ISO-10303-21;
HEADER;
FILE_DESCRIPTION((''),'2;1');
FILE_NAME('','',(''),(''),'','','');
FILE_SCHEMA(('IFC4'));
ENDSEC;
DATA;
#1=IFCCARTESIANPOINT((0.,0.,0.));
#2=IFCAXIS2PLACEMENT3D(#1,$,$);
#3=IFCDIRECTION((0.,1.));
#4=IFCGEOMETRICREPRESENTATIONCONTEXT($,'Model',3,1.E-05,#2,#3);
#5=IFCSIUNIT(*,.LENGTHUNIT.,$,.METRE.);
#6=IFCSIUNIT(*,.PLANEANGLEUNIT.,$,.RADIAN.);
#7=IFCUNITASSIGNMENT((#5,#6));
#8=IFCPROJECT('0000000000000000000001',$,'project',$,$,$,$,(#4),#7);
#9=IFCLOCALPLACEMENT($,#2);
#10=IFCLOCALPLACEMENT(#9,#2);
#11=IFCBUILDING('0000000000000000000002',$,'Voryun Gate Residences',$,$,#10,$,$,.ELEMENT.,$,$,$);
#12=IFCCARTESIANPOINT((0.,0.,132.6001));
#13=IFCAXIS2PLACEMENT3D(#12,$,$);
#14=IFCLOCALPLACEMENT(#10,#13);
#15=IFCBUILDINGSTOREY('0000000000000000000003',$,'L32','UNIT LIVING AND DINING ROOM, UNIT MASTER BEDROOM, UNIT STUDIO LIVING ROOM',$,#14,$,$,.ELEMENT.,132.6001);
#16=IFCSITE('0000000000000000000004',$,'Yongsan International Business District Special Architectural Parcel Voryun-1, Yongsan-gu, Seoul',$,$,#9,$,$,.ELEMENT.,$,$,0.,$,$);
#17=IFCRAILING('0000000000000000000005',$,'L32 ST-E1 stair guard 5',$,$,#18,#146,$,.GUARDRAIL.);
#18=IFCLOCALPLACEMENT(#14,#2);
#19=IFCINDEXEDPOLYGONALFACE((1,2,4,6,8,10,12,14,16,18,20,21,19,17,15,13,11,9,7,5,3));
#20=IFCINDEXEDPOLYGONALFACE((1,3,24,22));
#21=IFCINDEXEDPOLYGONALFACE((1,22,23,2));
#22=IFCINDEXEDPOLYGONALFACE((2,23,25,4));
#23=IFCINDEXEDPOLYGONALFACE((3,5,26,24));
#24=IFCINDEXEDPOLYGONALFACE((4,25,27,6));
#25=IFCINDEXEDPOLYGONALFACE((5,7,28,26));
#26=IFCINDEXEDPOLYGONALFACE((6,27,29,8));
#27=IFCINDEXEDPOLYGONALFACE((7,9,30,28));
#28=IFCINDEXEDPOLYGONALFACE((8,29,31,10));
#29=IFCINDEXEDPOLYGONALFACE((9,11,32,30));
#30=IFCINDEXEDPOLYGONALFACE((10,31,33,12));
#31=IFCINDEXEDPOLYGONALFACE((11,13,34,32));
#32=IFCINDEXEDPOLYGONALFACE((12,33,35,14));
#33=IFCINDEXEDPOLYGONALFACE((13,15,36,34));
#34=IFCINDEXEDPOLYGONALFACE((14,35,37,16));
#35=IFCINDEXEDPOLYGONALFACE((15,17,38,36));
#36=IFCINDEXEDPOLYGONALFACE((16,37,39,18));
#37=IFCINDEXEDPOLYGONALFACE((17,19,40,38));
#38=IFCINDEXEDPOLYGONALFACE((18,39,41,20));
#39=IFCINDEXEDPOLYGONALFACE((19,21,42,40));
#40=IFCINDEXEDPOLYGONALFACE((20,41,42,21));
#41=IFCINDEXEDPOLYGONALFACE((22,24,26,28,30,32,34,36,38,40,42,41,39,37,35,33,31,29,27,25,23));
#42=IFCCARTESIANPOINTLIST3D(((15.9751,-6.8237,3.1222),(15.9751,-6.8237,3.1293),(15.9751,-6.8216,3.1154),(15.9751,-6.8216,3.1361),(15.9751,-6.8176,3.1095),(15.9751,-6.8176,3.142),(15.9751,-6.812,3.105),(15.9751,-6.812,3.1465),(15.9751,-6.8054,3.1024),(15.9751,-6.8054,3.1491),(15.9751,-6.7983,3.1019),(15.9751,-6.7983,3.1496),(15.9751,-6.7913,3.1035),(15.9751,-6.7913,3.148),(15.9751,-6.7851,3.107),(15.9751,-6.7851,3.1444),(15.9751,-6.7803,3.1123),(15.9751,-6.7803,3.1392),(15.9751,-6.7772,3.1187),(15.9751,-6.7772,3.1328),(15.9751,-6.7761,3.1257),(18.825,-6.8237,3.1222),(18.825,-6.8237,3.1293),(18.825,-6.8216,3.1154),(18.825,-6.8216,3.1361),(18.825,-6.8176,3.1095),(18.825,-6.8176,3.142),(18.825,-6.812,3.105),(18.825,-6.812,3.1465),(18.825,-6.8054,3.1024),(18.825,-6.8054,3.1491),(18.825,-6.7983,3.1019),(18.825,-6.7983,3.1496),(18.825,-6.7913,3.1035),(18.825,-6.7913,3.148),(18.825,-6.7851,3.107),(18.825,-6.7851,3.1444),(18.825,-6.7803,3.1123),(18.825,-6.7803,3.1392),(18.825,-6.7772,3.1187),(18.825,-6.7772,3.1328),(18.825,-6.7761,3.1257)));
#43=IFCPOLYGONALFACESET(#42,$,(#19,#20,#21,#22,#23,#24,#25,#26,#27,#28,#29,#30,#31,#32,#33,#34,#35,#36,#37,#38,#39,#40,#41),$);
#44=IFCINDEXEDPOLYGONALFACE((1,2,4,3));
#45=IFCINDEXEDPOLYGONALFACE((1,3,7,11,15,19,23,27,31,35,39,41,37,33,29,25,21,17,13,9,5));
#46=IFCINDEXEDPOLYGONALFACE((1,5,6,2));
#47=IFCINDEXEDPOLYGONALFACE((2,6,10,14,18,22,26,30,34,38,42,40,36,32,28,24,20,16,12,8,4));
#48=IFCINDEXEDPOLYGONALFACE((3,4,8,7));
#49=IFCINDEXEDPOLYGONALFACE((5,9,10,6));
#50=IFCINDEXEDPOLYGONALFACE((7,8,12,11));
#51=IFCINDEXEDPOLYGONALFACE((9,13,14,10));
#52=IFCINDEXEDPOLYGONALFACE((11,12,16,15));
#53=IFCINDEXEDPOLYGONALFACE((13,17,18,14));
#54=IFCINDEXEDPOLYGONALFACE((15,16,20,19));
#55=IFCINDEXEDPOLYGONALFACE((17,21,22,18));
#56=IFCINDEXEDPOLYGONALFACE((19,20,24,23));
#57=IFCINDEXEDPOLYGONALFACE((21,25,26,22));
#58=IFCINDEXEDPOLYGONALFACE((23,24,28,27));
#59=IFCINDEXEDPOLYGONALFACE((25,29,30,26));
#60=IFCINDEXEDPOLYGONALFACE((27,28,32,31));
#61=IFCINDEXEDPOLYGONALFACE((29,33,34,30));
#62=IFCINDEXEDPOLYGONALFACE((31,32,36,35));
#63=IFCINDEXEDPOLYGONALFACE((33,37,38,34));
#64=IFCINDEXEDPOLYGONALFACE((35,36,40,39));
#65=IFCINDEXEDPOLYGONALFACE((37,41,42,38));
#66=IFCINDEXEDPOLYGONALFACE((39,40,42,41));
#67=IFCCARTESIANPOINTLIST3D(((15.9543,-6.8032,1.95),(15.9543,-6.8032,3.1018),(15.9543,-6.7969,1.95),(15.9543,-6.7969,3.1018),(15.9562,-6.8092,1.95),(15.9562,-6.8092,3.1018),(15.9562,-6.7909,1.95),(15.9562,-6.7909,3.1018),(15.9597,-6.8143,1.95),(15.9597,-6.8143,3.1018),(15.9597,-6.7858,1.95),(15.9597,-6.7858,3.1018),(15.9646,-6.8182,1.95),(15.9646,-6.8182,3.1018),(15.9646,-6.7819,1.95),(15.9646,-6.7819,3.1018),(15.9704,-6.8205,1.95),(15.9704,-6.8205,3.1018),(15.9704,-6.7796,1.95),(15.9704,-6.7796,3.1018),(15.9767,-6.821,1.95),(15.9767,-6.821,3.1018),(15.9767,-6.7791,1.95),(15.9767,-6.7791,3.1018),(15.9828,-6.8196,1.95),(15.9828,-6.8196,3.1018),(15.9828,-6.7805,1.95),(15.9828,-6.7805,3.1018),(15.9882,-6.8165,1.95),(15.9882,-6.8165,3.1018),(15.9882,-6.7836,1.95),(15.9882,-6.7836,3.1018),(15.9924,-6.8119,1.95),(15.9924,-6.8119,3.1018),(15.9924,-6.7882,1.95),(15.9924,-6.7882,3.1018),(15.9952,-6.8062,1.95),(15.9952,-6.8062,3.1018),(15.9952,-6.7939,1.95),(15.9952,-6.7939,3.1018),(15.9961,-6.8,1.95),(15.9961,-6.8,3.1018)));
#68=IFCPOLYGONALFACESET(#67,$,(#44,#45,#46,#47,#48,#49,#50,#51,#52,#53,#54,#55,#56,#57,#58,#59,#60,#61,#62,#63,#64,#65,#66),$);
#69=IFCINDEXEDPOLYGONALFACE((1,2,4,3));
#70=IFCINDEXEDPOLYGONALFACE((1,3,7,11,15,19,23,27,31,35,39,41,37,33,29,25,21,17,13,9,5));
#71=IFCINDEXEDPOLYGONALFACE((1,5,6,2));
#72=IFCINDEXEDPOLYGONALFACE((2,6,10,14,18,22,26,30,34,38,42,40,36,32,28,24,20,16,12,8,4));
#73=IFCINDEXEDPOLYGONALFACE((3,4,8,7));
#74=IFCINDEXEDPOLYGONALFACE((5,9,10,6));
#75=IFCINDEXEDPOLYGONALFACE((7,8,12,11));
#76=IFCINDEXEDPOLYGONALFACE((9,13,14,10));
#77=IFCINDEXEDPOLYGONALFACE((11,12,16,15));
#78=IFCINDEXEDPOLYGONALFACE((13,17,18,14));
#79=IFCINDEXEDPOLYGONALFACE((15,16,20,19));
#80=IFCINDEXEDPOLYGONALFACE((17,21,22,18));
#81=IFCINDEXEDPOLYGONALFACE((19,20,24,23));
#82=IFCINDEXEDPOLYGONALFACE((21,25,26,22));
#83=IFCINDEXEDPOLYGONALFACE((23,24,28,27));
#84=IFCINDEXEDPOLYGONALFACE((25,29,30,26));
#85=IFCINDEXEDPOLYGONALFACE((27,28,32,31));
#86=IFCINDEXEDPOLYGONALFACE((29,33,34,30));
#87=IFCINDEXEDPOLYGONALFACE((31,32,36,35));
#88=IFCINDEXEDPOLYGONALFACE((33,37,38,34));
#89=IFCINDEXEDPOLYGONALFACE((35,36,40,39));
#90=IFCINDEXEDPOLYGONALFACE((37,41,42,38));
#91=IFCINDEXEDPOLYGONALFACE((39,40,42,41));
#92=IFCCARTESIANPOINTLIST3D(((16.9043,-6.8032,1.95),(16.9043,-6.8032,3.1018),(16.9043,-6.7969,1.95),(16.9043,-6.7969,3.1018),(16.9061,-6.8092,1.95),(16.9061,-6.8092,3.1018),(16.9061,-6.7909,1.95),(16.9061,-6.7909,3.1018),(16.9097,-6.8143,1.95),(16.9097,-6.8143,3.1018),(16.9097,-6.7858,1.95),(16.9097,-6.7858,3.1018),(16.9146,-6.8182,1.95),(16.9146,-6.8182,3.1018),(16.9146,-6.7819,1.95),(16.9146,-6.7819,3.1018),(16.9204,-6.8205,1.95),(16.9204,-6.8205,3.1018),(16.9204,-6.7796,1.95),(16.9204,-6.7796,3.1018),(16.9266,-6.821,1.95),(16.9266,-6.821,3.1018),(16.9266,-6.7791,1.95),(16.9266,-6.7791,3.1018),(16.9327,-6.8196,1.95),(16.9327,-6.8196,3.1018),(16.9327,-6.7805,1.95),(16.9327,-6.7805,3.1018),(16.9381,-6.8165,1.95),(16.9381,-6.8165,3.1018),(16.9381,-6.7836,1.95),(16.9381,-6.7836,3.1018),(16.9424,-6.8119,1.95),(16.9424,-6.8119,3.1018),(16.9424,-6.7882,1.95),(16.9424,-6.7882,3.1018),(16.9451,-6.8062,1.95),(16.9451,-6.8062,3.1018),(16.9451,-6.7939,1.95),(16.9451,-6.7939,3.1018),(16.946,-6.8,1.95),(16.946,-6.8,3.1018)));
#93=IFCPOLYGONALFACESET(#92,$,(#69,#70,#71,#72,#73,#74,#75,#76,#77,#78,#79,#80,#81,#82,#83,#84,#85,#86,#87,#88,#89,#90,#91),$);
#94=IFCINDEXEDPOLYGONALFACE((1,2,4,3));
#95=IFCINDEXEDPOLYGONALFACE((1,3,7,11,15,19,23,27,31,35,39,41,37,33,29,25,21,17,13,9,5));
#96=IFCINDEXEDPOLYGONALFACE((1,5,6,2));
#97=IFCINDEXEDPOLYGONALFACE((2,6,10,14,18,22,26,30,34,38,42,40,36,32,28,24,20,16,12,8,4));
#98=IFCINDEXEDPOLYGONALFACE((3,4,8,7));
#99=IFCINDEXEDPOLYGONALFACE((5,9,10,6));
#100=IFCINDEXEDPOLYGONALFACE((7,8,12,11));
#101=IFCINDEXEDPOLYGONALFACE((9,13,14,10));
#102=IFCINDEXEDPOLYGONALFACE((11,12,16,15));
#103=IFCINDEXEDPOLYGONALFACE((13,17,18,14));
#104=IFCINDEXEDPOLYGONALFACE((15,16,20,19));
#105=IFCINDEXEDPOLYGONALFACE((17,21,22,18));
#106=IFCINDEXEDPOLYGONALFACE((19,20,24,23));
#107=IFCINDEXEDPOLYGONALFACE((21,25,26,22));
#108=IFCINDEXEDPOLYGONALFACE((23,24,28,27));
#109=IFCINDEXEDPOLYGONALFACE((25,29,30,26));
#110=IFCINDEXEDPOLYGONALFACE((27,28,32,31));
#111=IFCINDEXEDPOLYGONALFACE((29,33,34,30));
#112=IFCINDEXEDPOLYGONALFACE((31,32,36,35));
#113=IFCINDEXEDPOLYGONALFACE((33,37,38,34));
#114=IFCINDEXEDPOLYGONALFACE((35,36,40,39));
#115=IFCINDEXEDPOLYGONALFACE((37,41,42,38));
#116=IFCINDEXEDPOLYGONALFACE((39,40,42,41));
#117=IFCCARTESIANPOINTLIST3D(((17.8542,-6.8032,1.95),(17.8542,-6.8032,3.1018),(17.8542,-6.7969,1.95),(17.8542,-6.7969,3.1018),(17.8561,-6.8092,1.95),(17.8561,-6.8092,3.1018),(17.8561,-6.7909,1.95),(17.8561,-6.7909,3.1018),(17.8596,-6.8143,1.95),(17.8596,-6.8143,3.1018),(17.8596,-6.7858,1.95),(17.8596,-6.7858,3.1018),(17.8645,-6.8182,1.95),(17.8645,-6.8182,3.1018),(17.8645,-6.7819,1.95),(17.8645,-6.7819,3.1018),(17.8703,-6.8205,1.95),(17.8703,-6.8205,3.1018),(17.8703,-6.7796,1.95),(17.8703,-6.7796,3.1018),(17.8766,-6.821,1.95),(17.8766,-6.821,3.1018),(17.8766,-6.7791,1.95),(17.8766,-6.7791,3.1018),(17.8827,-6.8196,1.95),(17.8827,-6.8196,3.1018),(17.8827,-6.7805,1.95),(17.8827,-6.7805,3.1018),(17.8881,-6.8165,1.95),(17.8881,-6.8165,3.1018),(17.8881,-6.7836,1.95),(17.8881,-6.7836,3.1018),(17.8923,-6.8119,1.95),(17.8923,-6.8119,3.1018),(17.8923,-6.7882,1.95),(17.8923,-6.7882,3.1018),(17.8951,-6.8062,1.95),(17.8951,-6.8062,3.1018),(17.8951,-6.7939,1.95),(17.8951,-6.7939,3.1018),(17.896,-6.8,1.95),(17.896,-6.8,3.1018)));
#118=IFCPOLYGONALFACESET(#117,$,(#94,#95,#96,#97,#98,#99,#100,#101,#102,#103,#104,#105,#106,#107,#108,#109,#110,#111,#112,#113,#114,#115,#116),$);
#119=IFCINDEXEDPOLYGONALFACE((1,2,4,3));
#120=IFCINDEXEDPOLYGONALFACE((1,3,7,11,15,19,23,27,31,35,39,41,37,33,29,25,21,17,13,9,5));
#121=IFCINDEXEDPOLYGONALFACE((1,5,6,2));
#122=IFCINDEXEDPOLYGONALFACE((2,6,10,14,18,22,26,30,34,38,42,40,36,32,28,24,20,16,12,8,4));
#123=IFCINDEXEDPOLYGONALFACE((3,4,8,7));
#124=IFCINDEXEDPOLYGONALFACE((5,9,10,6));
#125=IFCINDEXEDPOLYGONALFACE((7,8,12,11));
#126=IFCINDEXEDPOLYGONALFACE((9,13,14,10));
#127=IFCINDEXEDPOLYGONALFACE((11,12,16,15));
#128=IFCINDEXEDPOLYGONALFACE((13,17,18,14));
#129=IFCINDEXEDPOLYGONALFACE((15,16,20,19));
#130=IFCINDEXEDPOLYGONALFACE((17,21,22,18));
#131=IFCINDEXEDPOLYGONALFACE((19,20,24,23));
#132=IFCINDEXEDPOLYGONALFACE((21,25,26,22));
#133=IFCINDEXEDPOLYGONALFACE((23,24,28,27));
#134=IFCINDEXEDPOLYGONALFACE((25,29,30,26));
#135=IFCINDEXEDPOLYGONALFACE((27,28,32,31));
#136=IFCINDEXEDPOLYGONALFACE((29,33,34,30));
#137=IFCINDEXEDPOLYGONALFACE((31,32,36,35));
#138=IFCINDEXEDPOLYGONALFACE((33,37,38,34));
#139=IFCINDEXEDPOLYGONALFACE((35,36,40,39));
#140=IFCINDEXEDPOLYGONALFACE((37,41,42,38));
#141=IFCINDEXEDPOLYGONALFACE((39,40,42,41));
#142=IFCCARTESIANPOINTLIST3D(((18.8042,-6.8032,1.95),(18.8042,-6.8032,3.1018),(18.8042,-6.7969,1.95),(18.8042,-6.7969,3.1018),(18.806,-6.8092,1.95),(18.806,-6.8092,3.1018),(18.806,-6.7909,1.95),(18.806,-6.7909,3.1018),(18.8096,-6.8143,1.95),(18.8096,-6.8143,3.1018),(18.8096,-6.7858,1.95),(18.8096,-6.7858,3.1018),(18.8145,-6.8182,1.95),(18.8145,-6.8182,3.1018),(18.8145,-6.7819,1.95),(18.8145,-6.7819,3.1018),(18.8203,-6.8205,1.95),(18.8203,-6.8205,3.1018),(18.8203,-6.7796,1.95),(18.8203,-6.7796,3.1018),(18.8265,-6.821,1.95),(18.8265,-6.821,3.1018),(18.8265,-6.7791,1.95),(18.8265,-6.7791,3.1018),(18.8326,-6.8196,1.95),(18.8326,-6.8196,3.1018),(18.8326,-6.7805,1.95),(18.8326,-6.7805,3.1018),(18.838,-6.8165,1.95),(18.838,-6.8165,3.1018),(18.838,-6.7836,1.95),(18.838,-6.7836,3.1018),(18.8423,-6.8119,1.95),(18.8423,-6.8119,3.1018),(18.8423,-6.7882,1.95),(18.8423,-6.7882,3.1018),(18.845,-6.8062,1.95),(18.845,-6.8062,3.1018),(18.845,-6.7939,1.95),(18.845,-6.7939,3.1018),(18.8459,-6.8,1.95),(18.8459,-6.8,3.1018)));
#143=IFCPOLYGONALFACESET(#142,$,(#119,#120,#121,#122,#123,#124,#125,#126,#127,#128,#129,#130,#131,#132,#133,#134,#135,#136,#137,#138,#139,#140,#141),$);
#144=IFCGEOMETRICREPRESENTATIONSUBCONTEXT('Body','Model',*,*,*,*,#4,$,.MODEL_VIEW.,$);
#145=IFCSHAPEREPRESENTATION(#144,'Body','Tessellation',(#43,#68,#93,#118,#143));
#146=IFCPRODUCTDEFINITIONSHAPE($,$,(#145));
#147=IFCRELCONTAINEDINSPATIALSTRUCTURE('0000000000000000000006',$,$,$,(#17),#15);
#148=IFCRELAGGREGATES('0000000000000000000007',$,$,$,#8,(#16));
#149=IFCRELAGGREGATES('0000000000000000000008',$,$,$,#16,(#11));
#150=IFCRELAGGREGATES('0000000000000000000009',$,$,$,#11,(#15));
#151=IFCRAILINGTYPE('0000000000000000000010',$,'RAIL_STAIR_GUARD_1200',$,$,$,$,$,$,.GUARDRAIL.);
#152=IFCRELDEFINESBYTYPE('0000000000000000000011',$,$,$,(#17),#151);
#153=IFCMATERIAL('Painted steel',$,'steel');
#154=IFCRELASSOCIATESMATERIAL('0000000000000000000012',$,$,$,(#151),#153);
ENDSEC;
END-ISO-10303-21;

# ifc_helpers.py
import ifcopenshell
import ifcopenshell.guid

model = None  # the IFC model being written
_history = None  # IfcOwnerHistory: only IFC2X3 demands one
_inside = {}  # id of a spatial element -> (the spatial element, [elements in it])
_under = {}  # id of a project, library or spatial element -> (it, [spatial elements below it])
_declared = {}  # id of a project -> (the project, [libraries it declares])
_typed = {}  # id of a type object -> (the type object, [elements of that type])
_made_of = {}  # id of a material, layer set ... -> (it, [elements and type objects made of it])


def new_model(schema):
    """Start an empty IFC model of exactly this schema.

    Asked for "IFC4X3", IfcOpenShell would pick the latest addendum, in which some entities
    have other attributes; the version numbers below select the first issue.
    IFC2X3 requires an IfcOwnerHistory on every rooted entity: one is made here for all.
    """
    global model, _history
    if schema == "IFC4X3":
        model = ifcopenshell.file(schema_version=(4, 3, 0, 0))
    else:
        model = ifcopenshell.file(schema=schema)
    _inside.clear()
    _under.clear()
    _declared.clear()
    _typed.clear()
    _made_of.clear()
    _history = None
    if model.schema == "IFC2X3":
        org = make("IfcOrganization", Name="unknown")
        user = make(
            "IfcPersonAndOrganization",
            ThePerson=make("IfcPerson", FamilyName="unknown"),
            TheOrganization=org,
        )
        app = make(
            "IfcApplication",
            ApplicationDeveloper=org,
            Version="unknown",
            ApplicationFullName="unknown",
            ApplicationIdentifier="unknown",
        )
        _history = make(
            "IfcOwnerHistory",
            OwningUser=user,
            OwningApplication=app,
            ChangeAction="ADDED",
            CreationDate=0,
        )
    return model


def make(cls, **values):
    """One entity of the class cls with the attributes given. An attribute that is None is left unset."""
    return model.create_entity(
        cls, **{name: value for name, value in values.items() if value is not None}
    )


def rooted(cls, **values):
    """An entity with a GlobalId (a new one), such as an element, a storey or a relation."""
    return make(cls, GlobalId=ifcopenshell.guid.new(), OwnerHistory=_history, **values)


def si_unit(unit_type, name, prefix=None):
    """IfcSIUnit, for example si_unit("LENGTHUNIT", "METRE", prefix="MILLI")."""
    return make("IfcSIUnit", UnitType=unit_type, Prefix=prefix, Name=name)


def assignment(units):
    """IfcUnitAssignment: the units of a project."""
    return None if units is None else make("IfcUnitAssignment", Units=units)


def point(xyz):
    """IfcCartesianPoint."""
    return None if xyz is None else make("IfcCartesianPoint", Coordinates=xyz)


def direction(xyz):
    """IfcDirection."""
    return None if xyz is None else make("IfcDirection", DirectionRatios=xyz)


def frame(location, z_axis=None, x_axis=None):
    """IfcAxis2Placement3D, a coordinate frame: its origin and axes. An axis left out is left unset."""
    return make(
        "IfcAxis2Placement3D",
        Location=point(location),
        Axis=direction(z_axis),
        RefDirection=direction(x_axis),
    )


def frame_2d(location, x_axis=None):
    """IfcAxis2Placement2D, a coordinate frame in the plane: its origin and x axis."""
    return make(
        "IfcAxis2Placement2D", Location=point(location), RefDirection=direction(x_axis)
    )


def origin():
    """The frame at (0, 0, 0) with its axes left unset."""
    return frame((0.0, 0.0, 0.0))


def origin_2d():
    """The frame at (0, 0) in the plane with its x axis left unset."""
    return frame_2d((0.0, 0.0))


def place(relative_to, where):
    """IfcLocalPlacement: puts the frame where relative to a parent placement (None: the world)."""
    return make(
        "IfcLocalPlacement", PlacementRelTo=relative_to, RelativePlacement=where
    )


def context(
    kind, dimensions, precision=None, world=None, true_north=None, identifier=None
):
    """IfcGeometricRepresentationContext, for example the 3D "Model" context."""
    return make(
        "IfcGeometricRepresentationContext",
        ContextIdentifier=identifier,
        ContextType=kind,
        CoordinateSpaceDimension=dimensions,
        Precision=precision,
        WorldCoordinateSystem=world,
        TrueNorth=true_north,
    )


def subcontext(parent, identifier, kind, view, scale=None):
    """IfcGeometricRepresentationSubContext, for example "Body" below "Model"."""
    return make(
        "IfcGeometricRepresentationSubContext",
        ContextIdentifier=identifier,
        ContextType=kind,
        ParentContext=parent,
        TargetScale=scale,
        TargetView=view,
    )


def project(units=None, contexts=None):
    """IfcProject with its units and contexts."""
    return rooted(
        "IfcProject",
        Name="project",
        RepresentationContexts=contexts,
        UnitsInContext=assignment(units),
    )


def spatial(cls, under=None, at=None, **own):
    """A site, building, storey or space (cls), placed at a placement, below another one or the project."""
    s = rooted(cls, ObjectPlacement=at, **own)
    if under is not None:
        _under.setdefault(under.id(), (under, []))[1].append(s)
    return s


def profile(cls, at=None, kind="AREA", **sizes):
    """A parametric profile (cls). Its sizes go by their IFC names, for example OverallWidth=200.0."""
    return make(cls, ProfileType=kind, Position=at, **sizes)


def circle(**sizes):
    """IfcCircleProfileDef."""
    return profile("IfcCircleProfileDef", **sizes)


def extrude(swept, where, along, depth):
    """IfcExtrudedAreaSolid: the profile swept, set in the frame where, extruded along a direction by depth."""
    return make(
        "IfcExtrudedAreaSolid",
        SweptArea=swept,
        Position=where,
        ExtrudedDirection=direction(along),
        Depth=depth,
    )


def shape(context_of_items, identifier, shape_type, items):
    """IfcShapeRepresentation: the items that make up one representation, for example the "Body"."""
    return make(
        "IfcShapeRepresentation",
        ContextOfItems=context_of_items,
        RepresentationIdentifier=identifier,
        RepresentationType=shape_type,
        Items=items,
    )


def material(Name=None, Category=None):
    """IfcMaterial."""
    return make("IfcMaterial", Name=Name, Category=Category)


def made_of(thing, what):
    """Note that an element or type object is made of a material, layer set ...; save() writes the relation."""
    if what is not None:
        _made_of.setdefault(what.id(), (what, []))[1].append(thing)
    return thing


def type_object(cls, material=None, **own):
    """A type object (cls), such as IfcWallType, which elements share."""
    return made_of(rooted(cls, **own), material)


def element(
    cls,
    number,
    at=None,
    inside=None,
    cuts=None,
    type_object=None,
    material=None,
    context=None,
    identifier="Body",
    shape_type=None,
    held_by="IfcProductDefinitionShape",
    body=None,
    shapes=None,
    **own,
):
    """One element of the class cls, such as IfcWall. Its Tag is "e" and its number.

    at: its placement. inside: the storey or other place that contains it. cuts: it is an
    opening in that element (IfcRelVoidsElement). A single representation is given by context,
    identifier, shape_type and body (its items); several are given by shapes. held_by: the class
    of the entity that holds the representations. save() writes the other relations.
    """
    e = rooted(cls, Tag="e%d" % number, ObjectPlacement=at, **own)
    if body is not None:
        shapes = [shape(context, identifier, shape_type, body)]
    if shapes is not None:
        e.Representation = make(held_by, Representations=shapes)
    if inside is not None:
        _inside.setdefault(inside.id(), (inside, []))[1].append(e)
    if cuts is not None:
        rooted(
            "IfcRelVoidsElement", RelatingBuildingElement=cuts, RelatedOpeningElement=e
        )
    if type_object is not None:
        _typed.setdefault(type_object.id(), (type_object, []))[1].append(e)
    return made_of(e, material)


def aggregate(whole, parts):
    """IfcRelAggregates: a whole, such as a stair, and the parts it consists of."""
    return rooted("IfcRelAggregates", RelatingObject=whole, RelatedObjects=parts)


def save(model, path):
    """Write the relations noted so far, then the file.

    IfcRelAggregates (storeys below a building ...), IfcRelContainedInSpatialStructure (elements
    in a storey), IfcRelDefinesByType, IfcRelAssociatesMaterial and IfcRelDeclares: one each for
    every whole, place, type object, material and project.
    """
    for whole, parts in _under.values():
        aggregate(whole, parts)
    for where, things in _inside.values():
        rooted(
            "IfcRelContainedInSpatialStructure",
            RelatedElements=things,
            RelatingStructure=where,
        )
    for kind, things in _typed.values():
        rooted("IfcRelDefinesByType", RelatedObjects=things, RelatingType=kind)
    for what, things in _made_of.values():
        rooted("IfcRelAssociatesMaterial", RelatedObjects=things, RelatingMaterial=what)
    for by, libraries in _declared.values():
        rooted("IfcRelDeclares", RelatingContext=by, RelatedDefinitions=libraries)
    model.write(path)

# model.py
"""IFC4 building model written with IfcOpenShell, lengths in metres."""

from ifc_helpers import new_model, si_unit, direction, frame, origin, origin_2d, place, context, subcontext, project, spatial, circle, extrude, material, type_object, element, save


model = new_model("IFC4")

# Units and contexts
model_context = context("Model", 3, precision=1e-05, world=origin(), true_north=direction((0.0, 1.0)))
body_context = subcontext(model_context, "Body", "Model", "MODEL_VIEW")
ifc_project = project(units=[si_unit("LENGTHUNIT", "METRE"), si_unit("PLANEANGLEUNIT", "RADIAN")], contexts=[model_context])

# Site, building, storey
site_placement = place(None, origin())
site = spatial("IfcSite", under=ifc_project, at=site_placement, Name="Yongsan International Business District Special Architectural Parcel Voryun-1, Yongsan-gu, Seoul", CompositionType="ELEMENT", RefElevation=0.0)
building_placement = place(site_placement, origin())
building = spatial("IfcBuilding", under=site, at=building_placement, Name="Voryun Gate Residences", CompositionType="ELEMENT")
storey_placement = place(building_placement, frame((0.0, 0.0, 132.6001)))
storey = spatial("IfcBuildingStorey", under=building, at=storey_placement, Name="L32", Description="UNIT LIVING AND DINING ROOM, UNIT MASTER BEDROOM, UNIT STUDIO LIVING ROOM", CompositionType="ELEMENT", Elevation=132.6001)

# Railing
ifc_material_1 = material(Name="Painted steel", Category="steel")
railing_type_1 = type_object("IfcRailingType", Name="RAIL_STAIR_GUARD_1200", PredefinedType="GUARDRAIL", material=ifc_material_1)
railing_1_placement = place(storey_placement, frame((15.9751, -6.8, 1.95)))
element("IfcRailing", 1, at=railing_1_placement, inside=storey, type_object=railing_type_1, Name="L32 ST-E1 stair guard 5", PredefinedType="GUARDRAIL", context=body_context, shape_type="SweptSolid", body=[
    extrude(circle(Radius=0.0239, at=origin_2d()), frame((0.0, 0.0, 1.1758), z_axis=(1.0, 0.0, 0.0), x_axis=(0.0, 1.0, 0.0)), (0.0, 0.0, 1.0), 2.8499),
    extrude(circle(Radius=0.021, at=origin_2d()), origin(), (0.0, 0.0, 1.0), 1.1519),
    extrude(circle(Radius=0.021, at=origin_2d()), frame((0.95, 0.0, 0.0)), (0.0, 0.0, 1.0), 1.1519),
    extrude(circle(Radius=0.021, at=origin_2d()), frame((1.8999, 0.0, 0.0)), (0.0, 0.0, 1.0), 1.1519),
    extrude(circle(Radius=0.021, at=origin_2d()), frame((2.8499, 0.0, 0.0)), (0.0, 0.0, 1.0), 1.1519),
])

save(model, "model.ifc")
